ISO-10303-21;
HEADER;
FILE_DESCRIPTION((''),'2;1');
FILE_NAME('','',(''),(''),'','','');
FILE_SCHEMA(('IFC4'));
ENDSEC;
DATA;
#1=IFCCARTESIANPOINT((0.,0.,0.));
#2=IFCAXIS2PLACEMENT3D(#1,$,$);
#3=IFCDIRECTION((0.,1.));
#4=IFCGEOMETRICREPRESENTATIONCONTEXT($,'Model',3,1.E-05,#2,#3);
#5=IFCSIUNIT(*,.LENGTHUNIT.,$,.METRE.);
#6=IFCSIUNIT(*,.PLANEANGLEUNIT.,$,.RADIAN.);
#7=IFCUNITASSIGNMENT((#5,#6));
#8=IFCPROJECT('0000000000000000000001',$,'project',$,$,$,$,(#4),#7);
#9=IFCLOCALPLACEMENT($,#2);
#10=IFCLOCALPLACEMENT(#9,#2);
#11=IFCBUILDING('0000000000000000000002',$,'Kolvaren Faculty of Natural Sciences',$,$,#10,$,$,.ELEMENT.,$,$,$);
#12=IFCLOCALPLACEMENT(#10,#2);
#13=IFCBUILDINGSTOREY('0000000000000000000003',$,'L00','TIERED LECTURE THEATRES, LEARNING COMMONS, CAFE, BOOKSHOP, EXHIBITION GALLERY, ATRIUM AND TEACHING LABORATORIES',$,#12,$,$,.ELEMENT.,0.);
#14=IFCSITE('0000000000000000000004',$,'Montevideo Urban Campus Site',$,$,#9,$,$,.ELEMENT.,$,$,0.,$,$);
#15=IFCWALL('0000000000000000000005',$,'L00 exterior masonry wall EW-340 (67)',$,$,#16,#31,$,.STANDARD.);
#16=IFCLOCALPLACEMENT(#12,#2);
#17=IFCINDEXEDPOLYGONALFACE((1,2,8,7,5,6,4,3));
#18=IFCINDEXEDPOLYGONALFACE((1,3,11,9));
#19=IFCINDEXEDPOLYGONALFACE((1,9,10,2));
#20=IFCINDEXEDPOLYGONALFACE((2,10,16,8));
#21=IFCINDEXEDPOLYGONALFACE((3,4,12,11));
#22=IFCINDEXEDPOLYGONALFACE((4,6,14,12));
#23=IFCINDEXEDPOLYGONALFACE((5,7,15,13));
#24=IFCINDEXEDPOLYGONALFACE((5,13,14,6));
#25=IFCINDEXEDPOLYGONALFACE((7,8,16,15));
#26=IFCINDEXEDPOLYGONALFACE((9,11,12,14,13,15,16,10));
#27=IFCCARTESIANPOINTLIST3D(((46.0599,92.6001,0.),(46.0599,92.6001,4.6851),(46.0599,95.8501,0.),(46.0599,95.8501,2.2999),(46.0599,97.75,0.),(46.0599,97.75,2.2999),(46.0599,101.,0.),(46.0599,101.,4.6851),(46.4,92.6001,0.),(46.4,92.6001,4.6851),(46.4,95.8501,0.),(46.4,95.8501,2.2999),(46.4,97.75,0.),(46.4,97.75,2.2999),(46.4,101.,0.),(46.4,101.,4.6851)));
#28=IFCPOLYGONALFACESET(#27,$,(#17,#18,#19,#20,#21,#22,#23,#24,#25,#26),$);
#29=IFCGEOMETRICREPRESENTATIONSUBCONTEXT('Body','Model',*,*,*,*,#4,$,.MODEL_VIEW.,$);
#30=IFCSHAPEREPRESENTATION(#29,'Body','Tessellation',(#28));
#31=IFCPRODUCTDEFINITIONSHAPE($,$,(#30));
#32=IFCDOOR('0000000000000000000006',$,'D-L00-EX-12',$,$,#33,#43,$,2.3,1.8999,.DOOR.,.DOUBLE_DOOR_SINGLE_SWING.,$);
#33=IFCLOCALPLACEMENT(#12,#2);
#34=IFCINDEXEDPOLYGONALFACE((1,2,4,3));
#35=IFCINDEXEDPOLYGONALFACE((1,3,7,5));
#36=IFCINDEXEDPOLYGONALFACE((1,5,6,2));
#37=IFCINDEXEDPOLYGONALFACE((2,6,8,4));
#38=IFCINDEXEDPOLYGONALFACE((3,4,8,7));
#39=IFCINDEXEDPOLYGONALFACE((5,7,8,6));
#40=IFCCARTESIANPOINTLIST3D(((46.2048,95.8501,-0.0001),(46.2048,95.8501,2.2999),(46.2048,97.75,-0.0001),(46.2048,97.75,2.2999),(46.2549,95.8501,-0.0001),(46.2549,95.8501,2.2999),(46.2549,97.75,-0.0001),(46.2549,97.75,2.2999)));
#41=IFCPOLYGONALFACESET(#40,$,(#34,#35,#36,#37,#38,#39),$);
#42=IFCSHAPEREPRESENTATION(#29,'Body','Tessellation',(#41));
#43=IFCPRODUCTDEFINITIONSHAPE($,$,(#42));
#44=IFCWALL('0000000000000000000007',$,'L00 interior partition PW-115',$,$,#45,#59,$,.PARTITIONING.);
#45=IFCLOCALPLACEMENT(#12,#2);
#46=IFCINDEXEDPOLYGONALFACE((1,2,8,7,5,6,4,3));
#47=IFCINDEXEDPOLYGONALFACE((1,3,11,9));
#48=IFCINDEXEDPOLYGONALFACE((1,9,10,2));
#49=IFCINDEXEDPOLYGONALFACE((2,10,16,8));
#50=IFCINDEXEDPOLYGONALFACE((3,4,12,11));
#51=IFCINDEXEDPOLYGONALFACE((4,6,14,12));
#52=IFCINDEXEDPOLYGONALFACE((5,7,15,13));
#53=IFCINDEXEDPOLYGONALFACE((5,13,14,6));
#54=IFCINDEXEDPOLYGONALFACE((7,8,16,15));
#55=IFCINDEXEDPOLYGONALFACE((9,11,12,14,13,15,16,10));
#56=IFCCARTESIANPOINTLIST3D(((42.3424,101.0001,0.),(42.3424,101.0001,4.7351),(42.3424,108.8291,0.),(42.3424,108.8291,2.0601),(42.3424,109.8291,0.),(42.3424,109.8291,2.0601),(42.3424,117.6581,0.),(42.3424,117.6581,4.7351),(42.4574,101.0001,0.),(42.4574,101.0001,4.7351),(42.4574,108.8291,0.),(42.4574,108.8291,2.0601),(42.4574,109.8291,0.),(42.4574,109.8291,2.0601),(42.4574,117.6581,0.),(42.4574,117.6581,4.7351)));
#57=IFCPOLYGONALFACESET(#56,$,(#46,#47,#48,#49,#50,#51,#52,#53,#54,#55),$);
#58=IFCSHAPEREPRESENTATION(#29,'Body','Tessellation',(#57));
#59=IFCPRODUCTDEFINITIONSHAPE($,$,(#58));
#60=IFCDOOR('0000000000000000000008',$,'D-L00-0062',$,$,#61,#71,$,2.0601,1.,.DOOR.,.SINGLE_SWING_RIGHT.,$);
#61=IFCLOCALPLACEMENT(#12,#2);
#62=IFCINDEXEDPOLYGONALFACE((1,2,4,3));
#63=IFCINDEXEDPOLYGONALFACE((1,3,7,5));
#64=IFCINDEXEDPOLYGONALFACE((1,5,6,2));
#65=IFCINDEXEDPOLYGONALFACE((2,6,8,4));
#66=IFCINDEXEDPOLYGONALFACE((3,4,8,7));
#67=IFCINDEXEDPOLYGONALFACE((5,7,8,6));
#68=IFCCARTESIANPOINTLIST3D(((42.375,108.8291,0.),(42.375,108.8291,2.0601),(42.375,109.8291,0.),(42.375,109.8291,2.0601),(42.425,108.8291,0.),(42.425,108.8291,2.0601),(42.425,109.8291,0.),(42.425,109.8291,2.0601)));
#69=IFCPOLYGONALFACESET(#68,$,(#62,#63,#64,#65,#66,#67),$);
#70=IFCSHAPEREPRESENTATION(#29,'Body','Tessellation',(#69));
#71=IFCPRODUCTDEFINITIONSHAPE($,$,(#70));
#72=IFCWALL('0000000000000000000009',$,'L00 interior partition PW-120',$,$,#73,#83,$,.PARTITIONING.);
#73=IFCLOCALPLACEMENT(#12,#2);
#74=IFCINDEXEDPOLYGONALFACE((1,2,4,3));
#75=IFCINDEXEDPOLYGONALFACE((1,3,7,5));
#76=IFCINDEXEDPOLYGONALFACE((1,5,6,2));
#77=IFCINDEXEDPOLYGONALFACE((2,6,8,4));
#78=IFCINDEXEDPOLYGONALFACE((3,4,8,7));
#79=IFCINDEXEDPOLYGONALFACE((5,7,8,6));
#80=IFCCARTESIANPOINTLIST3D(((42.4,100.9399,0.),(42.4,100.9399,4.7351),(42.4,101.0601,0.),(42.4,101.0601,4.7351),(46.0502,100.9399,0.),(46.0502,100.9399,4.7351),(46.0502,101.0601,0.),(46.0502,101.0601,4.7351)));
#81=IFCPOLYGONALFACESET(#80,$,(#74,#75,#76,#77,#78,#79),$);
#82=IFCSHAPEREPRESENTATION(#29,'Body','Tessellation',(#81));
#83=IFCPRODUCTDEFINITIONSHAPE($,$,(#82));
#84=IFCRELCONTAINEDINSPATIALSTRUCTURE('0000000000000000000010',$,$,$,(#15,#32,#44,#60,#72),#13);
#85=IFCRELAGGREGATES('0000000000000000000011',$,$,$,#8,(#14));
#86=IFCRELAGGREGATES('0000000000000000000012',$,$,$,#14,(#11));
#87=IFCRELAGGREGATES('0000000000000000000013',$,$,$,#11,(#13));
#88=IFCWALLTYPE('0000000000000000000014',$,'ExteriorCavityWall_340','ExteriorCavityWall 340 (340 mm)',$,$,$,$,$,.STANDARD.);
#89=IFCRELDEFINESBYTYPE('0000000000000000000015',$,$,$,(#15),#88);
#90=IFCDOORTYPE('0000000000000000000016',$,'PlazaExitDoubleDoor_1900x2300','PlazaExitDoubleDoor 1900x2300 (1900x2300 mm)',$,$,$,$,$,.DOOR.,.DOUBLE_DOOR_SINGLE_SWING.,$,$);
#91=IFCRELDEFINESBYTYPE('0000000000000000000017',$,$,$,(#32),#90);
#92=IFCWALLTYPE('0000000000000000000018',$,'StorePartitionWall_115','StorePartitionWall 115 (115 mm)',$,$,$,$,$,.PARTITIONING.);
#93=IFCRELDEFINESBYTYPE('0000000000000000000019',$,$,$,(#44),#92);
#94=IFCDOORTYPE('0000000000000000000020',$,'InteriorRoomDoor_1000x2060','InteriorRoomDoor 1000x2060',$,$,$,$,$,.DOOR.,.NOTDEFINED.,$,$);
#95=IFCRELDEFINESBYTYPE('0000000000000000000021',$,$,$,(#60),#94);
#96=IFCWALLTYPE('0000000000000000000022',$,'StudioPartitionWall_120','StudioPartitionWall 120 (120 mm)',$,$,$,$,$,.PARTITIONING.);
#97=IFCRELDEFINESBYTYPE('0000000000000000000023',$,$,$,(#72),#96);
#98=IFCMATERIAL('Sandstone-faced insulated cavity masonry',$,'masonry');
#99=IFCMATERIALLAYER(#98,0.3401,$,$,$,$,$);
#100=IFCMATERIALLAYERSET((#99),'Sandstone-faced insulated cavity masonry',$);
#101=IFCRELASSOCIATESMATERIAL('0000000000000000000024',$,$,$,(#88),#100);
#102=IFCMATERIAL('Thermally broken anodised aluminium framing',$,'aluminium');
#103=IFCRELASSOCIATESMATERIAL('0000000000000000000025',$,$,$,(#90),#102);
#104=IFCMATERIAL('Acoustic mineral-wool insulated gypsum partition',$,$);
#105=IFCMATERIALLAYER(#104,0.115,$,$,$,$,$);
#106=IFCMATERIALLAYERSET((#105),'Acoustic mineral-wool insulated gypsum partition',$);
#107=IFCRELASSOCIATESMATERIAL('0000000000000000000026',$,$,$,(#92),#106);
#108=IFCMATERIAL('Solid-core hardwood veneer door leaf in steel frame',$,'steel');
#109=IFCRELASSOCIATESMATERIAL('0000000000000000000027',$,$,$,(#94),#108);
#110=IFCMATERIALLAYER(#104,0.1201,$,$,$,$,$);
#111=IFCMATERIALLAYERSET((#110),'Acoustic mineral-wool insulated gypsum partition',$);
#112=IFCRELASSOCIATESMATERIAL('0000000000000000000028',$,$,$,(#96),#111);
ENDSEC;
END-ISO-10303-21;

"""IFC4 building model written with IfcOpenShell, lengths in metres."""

from ifc_helpers import new_model, si_unit, direction, frame, frame_2d, origin, place, context, subcontext, project, spatial, rectangle, extrude, material, layer, layer_set, type_object, element, fill, save


model = new_model("IFC4")

# Units and contexts
model_context = context("Model", 3, precision=1e-05, world=origin(), true_north=direction((0.0, 1.0)))
body_context = subcontext(model_context, "Body", "Model", "MODEL_VIEW")
ifc_project = project(units=[si_unit("LENGTHUNIT", "METRE"), si_unit("PLANEANGLEUNIT", "RADIAN")], contexts=[model_context])

# Site, building, storey
site_placement = place(None, origin())
site = spatial("IfcSite", under=ifc_project, at=site_placement, Name="Montevideo Urban Campus Site", CompositionType="ELEMENT", RefElevation=0.0)
building_placement = place(site_placement, origin())
building = spatial("IfcBuilding", under=site, at=building_placement, Name="Kolvaren Faculty of Natural Sciences", CompositionType="ELEMENT")
storey_placement = place(building_placement, origin())
storey = spatial("IfcBuildingStorey", under=building, at=storey_placement, Name="L00", Description="TIERED LECTURE THEATRES, LEARNING COMMONS, CAFE, BOOKSHOP, EXHIBITION GALLERY, ATRIUM AND TEACHING LABORATORIES", CompositionType="ELEMENT", Elevation=0.0)

# Walls, openings, doors
ifc_material_1 = material(Name="Sandstone-faced insulated cavity masonry", Category="masonry")
ifc_layer_1 = layer(ifc_material_1, 0.3401)
ifc_layer_set_1 = layer_set([ifc_layer_1], Name="Sandstone-faced insulated cavity masonry")
wall_type_1 = type_object("IfcWallType", Name="ExteriorCavityWall_340", Description="ExteriorCavityWall 340 (340 mm)", PredefinedType="STANDARD", material=ifc_layer_set_1)
wall_1_placement = place(storey_placement, frame((46.23, 101.0, 0.0), z_axis=(0.0, 0.0, 1.0), x_axis=(0.0, -1.0, 0.0)))
wall_1 = element("IfcWall", 1, at=wall_1_placement, inside=storey, type_object=wall_type_1, Name="L00 exterior masonry wall EW-340 (67)", PredefinedType="STANDARD", context=body_context, shape_type="SweptSolid", body=[
    extrude(rectangle(XDim=8.3999, YDim=0.3401, at=frame_2d((4.2, 0.0))), origin(), (0.0, 0.0, 1.0), 4.6851),
])
opening_1_placement = place(wall_1_placement, frame((3.25, 0.0, 0.0)))
opening_1 = element("IfcOpeningElement", 2, at=opening_1_placement, cuts=wall_1, PredefinedType="OPENING", context=body_context, shape_type="SweptSolid", body=[
    extrude(rectangle(XDim=1.8999, YDim=2.3, at=frame_2d((0.95, 1.1499))), frame((0.0, 0.1799, 0.0), z_axis=(0.0, -1.0, 0.0), x_axis=(1.0, 0.0, 0.0)), (0.0, 0.0, 1.0), 0.3601),
])
ifc_material_2 = material(Name="Thermally broken anodised aluminium framing", Category="aluminium")
door_type_1 = type_object("IfcDoorType", Name="PlazaExitDoubleDoor_1900x2300", Description="PlazaExitDoubleDoor 1900x2300 (1900x2300 mm)", OperationType="DOUBLE_DOOR_SINGLE_SWING", PredefinedType="DOOR", material=ifc_material_2)
door_1_placement = place(opening_1_placement, origin())
door_1 = element("IfcDoor", 3, at=door_1_placement, inside=storey, type_object=door_type_1, Name="D-L00-EX-12", OperationType="DOUBLE_DOOR_SINGLE_SWING", OverallHeight=2.3, OverallWidth=1.8999, PredefinedType="DOOR", context=body_context, shape_type="SweptSolid", body=[
    extrude(rectangle(XDim=1.8999, YDim=2.3, at=frame_2d((0.95, 1.1499))), frame((0.0, 0.0249, 0.0), z_axis=(0.0, -1.0, 0.0), x_axis=(1.0, 0.0, 0.0)), (0.0, 0.0, 1.0), 0.05),
])
fill(opening_1, door_1)
ifc_material_3 = material(Name="Acoustic mineral-wool insulated gypsum partition")
ifc_layer_2 = layer(ifc_material_3, 0.115)
ifc_layer_set_2 = layer_set([ifc_layer_2], Name="Acoustic mineral-wool insulated gypsum partition")
wall_type_2 = type_object("IfcWallType", Name="StorePartitionWall_115", Description="StorePartitionWall 115 (115 mm)", PredefinedType="PARTITIONING", material=ifc_layer_set_2)
wall_2_placement = place(storey_placement, frame((42.3999, 101.0, 0.0), z_axis=(0.0, 0.0, 1.0), x_axis=(0.0, 1.0, 0.0)))
wall_2 = element("IfcWall", 4, at=wall_2_placement, inside=storey, type_object=wall_type_2, Name="L00 interior partition PW-115", PredefinedType="PARTITIONING", context=body_context, shape_type="SweptSolid", body=[
    extrude(rectangle(XDim=16.658, YDim=0.115, at=frame_2d((8.3291, 0.0))), origin(), (0.0, 0.0, 1.0), 4.7351),
])
opening_2_placement = place(wall_2_placement, frame((7.8291, 0.0, 0.0)))
opening_2 = element("IfcOpeningElement", 5, at=opening_2_placement, cuts=wall_2, PredefinedType="OPENING", context=body_context, shape_type="SweptSolid", body=[
    extrude(rectangle(XDim=1.0, YDim=2.0601, at=frame_2d((0.5, 1.03))), frame((0.0, 0.0674, 0.0), z_axis=(0.0, -1.0, 0.0), x_axis=(1.0, 0.0, 0.0)), (0.0, 0.0, 1.0), 0.135),
])
ifc_material_4 = material(Name="Solid-core hardwood veneer door leaf in steel frame", Category="steel")
door_type_2 = type_object("IfcDoorType", Name="InteriorRoomDoor_1000x2060", Description="InteriorRoomDoor 1000x2060", OperationType="NOTDEFINED", PredefinedType="DOOR", material=ifc_material_4)
door_2_placement = place(opening_2_placement, origin())
door_2 = element("IfcDoor", 6, at=door_2_placement, inside=storey, type_object=door_type_2, Name="D-L00-0062", OperationType="SINGLE_SWING_RIGHT", OverallHeight=2.0601, OverallWidth=1.0, PredefinedType="DOOR", context=body_context, shape_type="SweptSolid", body=[
    extrude(rectangle(XDim=1.0, YDim=2.0601, at=frame_2d((0.5, 1.03))), frame((0.0, 0.0249, 0.0), z_axis=(0.0, -1.0, 0.0), x_axis=(1.0, 0.0, 0.0)), (0.0, 0.0, 1.0), 0.05),
])
fill(opening_2, door_2)

# Wall
ifc_layer_3 = layer(ifc_material_3, 0.1201)
ifc_layer_set_3 = layer_set([ifc_layer_3], Name="Acoustic mineral-wool insulated gypsum partition")
wall_type_3 = type_object("IfcWallType", Name="StudioPartitionWall_120", Description="StudioPartitionWall 120 (120 mm)", PredefinedType="PARTITIONING", material=ifc_layer_set_3)
wall_3_placement = place(storey_placement, frame((42.3999, 101.0, 0.0), z_axis=(0.0, 0.0, 1.0), x_axis=(1.0, 0.0, 0.0)))
element("IfcWall", 7, at=wall_3_placement, inside=storey, type_object=wall_type_3, Name="L00 interior partition PW-120", PredefinedType="PARTITIONING", context=body_context, shape_type="SweptSolid", body=[
    extrude(rectangle(XDim=3.6501, YDim=0.1201, at=frame_2d((1.8252, 0.0))), origin(), (0.0, 0.0, 1.0), 4.7351),
])

save(model, "model.ifc")
